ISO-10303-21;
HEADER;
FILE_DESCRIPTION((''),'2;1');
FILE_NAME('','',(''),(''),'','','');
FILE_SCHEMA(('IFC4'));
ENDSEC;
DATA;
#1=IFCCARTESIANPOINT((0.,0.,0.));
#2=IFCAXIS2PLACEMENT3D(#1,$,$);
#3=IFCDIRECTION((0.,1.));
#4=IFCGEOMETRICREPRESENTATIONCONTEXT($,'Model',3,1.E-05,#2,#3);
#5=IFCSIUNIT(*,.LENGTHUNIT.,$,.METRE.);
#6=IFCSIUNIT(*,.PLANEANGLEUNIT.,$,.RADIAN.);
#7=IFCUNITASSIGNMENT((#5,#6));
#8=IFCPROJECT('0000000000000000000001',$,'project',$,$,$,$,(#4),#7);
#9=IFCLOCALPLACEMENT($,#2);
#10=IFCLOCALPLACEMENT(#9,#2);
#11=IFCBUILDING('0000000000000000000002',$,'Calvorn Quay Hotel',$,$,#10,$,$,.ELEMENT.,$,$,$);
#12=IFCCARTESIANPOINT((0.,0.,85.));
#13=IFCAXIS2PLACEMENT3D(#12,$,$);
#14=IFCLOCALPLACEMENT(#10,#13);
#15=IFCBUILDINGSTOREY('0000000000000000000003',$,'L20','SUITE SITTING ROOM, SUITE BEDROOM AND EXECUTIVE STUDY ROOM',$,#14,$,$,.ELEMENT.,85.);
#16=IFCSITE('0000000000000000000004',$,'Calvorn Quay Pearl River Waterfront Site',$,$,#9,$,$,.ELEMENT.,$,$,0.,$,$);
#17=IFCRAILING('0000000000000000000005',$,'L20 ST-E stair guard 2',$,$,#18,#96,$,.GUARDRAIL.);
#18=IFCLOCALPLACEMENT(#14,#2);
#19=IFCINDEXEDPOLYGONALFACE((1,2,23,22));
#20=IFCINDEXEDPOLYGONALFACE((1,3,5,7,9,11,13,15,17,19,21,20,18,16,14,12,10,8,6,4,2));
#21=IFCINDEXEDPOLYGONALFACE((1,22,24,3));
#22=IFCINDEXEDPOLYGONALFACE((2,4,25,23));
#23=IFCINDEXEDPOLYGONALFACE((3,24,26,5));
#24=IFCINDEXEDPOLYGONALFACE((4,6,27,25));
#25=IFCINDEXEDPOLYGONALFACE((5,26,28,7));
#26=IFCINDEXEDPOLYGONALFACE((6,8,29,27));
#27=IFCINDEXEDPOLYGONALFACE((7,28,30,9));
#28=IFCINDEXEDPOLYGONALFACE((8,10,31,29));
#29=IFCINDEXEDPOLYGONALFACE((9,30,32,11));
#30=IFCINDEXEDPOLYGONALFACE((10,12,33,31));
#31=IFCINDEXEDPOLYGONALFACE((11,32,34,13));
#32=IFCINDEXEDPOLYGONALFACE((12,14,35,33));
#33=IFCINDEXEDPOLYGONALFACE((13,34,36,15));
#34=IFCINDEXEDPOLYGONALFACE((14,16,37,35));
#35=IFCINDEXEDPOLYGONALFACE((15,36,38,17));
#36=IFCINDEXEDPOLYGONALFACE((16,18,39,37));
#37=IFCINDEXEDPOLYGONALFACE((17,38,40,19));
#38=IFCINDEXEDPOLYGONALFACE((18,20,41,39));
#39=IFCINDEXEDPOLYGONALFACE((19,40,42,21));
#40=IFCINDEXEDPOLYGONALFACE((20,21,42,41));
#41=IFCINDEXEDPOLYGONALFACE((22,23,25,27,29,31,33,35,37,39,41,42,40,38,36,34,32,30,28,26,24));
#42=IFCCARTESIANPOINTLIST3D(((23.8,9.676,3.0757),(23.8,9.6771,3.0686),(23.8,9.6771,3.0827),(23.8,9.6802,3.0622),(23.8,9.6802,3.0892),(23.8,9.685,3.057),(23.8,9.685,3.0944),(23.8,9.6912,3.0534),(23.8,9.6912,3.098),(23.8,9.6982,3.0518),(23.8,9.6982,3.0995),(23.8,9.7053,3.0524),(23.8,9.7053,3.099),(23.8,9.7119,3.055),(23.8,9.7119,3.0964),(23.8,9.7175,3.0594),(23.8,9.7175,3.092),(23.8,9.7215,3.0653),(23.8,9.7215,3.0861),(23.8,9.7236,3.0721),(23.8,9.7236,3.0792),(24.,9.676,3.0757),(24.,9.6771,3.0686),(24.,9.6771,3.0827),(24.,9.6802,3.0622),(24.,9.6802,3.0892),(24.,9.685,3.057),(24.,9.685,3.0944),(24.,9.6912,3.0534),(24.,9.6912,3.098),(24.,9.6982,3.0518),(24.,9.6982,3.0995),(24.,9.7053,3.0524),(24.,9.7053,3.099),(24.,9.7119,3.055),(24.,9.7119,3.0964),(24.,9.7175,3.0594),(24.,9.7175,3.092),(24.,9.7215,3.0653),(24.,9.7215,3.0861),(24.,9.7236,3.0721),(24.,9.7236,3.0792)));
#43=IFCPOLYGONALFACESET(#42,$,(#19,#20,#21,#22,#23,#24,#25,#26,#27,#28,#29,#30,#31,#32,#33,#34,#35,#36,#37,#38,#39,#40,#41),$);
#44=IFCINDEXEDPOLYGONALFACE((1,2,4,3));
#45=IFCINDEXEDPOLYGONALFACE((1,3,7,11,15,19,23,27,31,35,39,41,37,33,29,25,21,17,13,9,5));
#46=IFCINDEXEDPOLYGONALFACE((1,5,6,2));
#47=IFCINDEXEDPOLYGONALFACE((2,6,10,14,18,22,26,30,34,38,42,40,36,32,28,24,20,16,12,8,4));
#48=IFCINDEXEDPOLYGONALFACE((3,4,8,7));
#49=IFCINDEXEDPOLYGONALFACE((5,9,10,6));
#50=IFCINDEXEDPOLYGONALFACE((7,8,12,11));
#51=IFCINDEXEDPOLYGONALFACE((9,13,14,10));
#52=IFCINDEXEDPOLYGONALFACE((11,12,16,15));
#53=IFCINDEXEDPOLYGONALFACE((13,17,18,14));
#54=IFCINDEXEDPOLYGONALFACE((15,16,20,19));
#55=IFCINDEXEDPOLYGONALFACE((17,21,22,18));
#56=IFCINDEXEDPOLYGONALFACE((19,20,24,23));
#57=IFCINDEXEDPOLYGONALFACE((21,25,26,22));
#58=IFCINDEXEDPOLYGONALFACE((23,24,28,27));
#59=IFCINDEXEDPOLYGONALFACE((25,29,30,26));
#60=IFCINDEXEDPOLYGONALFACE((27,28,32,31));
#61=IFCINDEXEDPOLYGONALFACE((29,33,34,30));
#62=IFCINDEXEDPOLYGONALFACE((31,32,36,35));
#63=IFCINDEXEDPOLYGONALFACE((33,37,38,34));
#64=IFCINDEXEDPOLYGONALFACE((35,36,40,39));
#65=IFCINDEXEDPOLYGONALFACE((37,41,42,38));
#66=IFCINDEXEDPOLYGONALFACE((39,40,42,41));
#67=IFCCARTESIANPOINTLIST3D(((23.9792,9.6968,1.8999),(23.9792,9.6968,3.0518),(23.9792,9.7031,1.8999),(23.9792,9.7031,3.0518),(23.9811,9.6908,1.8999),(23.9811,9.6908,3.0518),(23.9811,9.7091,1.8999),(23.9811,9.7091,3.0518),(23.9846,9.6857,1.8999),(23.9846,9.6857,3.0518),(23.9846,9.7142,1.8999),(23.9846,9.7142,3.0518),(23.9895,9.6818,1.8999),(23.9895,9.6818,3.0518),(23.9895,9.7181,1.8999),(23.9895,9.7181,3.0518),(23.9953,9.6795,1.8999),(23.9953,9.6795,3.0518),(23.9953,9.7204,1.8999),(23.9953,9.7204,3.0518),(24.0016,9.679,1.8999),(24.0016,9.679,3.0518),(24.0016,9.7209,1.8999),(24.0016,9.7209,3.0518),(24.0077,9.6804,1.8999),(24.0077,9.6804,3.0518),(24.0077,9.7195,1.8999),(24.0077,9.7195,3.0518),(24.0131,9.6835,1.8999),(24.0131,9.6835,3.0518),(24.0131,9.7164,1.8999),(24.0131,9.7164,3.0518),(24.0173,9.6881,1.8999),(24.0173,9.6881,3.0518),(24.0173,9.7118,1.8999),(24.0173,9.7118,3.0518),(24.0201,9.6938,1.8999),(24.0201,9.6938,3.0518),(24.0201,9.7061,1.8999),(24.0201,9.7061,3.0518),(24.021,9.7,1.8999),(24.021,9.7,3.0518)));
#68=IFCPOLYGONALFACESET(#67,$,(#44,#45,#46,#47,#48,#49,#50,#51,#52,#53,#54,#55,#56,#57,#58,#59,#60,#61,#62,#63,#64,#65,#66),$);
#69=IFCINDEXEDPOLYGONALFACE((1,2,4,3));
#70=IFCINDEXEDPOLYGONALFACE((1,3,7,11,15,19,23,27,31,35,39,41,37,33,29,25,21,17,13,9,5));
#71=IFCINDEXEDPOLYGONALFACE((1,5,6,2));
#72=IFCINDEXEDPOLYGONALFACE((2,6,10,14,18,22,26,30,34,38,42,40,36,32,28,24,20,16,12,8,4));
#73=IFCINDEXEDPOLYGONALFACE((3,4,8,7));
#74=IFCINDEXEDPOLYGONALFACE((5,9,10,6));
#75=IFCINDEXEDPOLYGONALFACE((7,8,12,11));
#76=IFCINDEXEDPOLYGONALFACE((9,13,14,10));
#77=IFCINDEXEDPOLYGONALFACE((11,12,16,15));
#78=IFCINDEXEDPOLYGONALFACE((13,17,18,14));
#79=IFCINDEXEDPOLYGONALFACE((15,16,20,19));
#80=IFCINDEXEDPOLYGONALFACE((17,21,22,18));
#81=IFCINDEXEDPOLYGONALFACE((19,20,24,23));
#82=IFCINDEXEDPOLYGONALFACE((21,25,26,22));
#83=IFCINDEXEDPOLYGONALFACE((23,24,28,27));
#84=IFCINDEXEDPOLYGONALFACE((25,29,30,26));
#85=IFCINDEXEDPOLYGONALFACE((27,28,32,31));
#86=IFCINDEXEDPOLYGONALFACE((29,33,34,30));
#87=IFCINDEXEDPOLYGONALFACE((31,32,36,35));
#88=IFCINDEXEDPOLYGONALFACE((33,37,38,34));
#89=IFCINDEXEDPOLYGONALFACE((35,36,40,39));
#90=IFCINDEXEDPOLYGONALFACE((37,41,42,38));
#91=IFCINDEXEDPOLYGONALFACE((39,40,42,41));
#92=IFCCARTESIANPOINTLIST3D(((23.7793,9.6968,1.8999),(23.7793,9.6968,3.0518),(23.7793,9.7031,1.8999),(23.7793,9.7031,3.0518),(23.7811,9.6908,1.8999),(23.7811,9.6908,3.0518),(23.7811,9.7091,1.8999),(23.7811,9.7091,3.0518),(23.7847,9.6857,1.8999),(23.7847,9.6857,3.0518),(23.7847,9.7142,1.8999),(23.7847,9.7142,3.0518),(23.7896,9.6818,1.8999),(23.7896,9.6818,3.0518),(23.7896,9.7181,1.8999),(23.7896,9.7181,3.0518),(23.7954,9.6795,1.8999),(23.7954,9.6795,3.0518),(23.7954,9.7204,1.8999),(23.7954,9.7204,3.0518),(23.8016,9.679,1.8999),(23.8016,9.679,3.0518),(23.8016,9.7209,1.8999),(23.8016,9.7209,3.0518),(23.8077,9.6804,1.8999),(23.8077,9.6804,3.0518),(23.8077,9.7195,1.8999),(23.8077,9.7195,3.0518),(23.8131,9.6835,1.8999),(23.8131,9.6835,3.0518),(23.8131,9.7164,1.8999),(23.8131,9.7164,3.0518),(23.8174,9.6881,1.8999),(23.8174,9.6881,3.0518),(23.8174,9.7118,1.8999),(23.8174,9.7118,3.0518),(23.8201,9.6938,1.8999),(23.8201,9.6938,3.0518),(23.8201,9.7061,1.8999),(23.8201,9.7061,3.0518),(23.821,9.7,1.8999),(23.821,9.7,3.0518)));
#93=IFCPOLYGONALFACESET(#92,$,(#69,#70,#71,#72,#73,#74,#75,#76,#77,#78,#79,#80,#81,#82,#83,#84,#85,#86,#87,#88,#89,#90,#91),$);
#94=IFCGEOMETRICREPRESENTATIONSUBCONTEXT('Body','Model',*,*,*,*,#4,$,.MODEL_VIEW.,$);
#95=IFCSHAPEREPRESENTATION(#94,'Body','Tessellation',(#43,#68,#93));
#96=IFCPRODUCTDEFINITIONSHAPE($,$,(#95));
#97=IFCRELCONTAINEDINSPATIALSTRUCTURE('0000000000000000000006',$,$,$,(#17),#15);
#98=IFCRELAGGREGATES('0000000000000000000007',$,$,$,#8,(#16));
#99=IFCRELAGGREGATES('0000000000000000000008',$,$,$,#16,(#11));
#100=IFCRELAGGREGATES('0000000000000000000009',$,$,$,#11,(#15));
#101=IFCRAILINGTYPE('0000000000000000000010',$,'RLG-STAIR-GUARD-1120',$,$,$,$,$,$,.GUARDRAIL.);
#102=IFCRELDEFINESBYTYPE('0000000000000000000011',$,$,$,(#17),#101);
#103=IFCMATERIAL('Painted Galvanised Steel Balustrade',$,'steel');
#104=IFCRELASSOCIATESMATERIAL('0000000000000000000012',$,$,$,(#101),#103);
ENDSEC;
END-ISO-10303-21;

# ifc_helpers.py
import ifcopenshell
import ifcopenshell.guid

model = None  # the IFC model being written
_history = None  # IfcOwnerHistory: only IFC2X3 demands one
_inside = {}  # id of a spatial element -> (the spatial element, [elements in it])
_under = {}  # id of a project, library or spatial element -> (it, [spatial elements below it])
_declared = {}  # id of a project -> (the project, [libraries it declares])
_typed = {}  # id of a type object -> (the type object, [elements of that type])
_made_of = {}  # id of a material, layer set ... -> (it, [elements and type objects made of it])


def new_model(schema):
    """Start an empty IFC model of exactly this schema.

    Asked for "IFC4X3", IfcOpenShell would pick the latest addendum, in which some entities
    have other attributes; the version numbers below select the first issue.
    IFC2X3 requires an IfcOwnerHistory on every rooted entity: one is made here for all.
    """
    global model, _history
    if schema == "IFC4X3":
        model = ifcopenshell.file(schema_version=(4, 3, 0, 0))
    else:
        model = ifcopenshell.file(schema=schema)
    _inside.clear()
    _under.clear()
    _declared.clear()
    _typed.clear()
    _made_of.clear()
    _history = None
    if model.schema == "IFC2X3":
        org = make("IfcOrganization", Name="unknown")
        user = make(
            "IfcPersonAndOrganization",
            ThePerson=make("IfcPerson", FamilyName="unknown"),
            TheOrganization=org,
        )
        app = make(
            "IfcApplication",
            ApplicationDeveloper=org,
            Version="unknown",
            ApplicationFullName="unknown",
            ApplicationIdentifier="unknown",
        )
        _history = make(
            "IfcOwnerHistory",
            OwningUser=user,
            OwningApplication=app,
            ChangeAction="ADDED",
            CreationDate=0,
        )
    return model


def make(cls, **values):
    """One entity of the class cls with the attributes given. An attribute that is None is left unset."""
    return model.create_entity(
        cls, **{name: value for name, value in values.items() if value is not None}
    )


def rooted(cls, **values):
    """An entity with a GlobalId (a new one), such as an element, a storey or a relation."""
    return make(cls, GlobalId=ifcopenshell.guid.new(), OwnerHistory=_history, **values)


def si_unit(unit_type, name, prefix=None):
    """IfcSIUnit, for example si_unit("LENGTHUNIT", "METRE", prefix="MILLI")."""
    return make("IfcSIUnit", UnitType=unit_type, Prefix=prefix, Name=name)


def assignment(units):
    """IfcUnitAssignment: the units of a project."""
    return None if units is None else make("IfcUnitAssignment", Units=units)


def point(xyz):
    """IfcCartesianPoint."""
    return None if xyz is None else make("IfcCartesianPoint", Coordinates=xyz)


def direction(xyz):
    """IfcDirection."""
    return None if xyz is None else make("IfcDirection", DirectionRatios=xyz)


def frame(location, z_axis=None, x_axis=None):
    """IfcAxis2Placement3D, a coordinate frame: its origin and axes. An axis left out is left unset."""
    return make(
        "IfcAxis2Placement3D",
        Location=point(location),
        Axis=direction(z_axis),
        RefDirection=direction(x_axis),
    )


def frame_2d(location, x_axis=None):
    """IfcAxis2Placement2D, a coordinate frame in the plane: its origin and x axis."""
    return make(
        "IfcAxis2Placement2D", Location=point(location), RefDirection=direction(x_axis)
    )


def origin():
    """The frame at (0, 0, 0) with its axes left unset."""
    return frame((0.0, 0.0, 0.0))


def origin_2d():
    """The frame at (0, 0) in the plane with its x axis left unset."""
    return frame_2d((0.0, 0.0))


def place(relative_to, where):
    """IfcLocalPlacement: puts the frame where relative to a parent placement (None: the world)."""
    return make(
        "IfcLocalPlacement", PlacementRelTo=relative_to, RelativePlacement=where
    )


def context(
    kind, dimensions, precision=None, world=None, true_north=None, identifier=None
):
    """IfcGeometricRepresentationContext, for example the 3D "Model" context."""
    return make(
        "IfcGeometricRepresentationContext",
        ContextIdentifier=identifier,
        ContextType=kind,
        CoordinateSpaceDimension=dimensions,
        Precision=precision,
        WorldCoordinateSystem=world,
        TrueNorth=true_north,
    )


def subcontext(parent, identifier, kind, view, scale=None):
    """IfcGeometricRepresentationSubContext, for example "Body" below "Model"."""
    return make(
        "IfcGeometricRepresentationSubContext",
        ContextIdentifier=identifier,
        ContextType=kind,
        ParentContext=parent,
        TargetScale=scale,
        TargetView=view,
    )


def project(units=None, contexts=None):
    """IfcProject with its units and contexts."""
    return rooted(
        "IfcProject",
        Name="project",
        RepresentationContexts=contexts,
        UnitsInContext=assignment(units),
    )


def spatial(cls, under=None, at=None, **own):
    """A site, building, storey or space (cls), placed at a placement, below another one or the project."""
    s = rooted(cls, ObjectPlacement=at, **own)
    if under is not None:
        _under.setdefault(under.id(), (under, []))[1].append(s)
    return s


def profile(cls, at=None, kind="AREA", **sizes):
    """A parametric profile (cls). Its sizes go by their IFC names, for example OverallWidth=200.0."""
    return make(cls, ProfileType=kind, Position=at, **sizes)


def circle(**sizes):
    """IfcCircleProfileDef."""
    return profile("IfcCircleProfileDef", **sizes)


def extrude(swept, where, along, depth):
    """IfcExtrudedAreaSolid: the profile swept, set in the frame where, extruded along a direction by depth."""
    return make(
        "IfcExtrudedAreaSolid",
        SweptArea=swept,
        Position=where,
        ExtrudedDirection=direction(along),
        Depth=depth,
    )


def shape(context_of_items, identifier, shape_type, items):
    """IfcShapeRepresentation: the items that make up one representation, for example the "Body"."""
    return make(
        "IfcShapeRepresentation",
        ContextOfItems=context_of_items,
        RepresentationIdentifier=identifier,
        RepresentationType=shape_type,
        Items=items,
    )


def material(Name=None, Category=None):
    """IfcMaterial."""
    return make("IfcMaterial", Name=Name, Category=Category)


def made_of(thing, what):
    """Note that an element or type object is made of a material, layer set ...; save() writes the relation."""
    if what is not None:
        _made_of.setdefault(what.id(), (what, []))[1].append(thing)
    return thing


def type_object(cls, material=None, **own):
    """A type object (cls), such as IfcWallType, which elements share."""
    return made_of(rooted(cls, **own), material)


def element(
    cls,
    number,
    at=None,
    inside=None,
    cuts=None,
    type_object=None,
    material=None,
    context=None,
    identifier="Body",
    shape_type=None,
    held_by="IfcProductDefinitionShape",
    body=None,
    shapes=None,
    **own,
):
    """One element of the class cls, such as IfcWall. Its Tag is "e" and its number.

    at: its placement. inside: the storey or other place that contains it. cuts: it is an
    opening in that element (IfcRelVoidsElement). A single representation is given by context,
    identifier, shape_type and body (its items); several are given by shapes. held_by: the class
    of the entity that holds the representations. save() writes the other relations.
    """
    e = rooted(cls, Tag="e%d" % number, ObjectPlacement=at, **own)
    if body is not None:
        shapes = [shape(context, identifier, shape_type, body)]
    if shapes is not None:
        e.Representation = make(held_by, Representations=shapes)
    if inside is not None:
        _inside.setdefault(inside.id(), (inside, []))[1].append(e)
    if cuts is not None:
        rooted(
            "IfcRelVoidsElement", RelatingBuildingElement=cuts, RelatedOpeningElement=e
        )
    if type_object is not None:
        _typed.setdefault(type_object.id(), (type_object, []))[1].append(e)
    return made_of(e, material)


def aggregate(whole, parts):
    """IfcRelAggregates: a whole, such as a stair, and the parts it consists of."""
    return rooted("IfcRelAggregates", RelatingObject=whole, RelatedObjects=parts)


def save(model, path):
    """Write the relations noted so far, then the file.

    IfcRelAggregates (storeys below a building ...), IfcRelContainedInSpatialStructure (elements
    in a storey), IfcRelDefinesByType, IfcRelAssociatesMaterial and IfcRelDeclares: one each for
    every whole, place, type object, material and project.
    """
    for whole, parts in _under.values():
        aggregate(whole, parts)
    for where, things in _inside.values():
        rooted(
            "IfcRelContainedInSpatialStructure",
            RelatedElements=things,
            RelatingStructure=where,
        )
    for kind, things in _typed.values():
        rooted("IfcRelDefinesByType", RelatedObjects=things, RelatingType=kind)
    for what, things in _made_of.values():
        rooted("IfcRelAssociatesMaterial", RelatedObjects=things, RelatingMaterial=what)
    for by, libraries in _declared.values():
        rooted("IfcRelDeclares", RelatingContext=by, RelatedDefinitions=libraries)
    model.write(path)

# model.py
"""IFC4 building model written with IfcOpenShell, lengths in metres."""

from ifc_helpers import new_model, si_unit, direction, frame, origin, origin_2d, place, context, subcontext, project, spatial, circle, extrude, material, type_object, element, save


model = new_model("IFC4")

# Units and contexts
model_context = context("Model", 3, precision=1e-05, world=origin(), true_north=direction((0.0, 1.0)))
body_context = subcontext(model_context, "Body", "Model", "MODEL_VIEW")
ifc_project = project(units=[si_unit("LENGTHUNIT", "METRE"), si_unit("PLANEANGLEUNIT", "RADIAN")], contexts=[model_context])

# Site, building, storey
site_placement = place(None, origin())
site = spatial("IfcSite", under=ifc_project, at=site_placement, Name="Calvorn Quay Pearl River Waterfront Site", CompositionType="ELEMENT", RefElevation=0.0)
building_placement = place(site_placement, origin())
building = spatial("IfcBuilding", under=site, at=building_placement, Name="Calvorn Quay Hotel", CompositionType="ELEMENT")
storey_placement = place(building_placement, frame((0.0, 0.0, 85.0)))
storey = spatial("IfcBuildingStorey", under=building, at=storey_placement, Name="L20", Description="SUITE SITTING ROOM, SUITE BEDROOM AND EXECUTIVE STUDY ROOM", CompositionType="ELEMENT", Elevation=85.0)

# Railing
ifc_material_1 = material(Name="Painted Galvanised Steel Balustrade", Category="steel")
railing_type_1 = type_object("IfcRailingType", Name="RLG-STAIR-GUARD-1120", PredefinedType="GUARDRAIL", material=ifc_material_1)
railing_1_placement = place(storey_placement, frame((24.0, 9.7, 1.8999)))
element("IfcRailing", 1, at=railing_1_placement, inside=storey, type_object=railing_type_1, Name="L20 ST-E stair guard 2", PredefinedType="GUARDRAIL", context=body_context, shape_type="SweptSolid", body=[
    extrude(circle(Radius=0.0239, at=origin_2d()), frame((0.0, 0.0, 1.1758), z_axis=(-1.0, 0.0, 0.0), x_axis=(0.0, -1.0, 0.0)), (0.0, 0.0, 1.0), 0.2),
    extrude(circle(Radius=0.021, at=origin_2d()), origin(), (0.0, 0.0, 1.0), 1.1519),
    extrude(circle(Radius=0.021, at=origin_2d()), frame((-0.2, 0.0, 0.0)), (0.0, 0.0, 1.0), 1.1519),
])

save(model, "model.ifc")
